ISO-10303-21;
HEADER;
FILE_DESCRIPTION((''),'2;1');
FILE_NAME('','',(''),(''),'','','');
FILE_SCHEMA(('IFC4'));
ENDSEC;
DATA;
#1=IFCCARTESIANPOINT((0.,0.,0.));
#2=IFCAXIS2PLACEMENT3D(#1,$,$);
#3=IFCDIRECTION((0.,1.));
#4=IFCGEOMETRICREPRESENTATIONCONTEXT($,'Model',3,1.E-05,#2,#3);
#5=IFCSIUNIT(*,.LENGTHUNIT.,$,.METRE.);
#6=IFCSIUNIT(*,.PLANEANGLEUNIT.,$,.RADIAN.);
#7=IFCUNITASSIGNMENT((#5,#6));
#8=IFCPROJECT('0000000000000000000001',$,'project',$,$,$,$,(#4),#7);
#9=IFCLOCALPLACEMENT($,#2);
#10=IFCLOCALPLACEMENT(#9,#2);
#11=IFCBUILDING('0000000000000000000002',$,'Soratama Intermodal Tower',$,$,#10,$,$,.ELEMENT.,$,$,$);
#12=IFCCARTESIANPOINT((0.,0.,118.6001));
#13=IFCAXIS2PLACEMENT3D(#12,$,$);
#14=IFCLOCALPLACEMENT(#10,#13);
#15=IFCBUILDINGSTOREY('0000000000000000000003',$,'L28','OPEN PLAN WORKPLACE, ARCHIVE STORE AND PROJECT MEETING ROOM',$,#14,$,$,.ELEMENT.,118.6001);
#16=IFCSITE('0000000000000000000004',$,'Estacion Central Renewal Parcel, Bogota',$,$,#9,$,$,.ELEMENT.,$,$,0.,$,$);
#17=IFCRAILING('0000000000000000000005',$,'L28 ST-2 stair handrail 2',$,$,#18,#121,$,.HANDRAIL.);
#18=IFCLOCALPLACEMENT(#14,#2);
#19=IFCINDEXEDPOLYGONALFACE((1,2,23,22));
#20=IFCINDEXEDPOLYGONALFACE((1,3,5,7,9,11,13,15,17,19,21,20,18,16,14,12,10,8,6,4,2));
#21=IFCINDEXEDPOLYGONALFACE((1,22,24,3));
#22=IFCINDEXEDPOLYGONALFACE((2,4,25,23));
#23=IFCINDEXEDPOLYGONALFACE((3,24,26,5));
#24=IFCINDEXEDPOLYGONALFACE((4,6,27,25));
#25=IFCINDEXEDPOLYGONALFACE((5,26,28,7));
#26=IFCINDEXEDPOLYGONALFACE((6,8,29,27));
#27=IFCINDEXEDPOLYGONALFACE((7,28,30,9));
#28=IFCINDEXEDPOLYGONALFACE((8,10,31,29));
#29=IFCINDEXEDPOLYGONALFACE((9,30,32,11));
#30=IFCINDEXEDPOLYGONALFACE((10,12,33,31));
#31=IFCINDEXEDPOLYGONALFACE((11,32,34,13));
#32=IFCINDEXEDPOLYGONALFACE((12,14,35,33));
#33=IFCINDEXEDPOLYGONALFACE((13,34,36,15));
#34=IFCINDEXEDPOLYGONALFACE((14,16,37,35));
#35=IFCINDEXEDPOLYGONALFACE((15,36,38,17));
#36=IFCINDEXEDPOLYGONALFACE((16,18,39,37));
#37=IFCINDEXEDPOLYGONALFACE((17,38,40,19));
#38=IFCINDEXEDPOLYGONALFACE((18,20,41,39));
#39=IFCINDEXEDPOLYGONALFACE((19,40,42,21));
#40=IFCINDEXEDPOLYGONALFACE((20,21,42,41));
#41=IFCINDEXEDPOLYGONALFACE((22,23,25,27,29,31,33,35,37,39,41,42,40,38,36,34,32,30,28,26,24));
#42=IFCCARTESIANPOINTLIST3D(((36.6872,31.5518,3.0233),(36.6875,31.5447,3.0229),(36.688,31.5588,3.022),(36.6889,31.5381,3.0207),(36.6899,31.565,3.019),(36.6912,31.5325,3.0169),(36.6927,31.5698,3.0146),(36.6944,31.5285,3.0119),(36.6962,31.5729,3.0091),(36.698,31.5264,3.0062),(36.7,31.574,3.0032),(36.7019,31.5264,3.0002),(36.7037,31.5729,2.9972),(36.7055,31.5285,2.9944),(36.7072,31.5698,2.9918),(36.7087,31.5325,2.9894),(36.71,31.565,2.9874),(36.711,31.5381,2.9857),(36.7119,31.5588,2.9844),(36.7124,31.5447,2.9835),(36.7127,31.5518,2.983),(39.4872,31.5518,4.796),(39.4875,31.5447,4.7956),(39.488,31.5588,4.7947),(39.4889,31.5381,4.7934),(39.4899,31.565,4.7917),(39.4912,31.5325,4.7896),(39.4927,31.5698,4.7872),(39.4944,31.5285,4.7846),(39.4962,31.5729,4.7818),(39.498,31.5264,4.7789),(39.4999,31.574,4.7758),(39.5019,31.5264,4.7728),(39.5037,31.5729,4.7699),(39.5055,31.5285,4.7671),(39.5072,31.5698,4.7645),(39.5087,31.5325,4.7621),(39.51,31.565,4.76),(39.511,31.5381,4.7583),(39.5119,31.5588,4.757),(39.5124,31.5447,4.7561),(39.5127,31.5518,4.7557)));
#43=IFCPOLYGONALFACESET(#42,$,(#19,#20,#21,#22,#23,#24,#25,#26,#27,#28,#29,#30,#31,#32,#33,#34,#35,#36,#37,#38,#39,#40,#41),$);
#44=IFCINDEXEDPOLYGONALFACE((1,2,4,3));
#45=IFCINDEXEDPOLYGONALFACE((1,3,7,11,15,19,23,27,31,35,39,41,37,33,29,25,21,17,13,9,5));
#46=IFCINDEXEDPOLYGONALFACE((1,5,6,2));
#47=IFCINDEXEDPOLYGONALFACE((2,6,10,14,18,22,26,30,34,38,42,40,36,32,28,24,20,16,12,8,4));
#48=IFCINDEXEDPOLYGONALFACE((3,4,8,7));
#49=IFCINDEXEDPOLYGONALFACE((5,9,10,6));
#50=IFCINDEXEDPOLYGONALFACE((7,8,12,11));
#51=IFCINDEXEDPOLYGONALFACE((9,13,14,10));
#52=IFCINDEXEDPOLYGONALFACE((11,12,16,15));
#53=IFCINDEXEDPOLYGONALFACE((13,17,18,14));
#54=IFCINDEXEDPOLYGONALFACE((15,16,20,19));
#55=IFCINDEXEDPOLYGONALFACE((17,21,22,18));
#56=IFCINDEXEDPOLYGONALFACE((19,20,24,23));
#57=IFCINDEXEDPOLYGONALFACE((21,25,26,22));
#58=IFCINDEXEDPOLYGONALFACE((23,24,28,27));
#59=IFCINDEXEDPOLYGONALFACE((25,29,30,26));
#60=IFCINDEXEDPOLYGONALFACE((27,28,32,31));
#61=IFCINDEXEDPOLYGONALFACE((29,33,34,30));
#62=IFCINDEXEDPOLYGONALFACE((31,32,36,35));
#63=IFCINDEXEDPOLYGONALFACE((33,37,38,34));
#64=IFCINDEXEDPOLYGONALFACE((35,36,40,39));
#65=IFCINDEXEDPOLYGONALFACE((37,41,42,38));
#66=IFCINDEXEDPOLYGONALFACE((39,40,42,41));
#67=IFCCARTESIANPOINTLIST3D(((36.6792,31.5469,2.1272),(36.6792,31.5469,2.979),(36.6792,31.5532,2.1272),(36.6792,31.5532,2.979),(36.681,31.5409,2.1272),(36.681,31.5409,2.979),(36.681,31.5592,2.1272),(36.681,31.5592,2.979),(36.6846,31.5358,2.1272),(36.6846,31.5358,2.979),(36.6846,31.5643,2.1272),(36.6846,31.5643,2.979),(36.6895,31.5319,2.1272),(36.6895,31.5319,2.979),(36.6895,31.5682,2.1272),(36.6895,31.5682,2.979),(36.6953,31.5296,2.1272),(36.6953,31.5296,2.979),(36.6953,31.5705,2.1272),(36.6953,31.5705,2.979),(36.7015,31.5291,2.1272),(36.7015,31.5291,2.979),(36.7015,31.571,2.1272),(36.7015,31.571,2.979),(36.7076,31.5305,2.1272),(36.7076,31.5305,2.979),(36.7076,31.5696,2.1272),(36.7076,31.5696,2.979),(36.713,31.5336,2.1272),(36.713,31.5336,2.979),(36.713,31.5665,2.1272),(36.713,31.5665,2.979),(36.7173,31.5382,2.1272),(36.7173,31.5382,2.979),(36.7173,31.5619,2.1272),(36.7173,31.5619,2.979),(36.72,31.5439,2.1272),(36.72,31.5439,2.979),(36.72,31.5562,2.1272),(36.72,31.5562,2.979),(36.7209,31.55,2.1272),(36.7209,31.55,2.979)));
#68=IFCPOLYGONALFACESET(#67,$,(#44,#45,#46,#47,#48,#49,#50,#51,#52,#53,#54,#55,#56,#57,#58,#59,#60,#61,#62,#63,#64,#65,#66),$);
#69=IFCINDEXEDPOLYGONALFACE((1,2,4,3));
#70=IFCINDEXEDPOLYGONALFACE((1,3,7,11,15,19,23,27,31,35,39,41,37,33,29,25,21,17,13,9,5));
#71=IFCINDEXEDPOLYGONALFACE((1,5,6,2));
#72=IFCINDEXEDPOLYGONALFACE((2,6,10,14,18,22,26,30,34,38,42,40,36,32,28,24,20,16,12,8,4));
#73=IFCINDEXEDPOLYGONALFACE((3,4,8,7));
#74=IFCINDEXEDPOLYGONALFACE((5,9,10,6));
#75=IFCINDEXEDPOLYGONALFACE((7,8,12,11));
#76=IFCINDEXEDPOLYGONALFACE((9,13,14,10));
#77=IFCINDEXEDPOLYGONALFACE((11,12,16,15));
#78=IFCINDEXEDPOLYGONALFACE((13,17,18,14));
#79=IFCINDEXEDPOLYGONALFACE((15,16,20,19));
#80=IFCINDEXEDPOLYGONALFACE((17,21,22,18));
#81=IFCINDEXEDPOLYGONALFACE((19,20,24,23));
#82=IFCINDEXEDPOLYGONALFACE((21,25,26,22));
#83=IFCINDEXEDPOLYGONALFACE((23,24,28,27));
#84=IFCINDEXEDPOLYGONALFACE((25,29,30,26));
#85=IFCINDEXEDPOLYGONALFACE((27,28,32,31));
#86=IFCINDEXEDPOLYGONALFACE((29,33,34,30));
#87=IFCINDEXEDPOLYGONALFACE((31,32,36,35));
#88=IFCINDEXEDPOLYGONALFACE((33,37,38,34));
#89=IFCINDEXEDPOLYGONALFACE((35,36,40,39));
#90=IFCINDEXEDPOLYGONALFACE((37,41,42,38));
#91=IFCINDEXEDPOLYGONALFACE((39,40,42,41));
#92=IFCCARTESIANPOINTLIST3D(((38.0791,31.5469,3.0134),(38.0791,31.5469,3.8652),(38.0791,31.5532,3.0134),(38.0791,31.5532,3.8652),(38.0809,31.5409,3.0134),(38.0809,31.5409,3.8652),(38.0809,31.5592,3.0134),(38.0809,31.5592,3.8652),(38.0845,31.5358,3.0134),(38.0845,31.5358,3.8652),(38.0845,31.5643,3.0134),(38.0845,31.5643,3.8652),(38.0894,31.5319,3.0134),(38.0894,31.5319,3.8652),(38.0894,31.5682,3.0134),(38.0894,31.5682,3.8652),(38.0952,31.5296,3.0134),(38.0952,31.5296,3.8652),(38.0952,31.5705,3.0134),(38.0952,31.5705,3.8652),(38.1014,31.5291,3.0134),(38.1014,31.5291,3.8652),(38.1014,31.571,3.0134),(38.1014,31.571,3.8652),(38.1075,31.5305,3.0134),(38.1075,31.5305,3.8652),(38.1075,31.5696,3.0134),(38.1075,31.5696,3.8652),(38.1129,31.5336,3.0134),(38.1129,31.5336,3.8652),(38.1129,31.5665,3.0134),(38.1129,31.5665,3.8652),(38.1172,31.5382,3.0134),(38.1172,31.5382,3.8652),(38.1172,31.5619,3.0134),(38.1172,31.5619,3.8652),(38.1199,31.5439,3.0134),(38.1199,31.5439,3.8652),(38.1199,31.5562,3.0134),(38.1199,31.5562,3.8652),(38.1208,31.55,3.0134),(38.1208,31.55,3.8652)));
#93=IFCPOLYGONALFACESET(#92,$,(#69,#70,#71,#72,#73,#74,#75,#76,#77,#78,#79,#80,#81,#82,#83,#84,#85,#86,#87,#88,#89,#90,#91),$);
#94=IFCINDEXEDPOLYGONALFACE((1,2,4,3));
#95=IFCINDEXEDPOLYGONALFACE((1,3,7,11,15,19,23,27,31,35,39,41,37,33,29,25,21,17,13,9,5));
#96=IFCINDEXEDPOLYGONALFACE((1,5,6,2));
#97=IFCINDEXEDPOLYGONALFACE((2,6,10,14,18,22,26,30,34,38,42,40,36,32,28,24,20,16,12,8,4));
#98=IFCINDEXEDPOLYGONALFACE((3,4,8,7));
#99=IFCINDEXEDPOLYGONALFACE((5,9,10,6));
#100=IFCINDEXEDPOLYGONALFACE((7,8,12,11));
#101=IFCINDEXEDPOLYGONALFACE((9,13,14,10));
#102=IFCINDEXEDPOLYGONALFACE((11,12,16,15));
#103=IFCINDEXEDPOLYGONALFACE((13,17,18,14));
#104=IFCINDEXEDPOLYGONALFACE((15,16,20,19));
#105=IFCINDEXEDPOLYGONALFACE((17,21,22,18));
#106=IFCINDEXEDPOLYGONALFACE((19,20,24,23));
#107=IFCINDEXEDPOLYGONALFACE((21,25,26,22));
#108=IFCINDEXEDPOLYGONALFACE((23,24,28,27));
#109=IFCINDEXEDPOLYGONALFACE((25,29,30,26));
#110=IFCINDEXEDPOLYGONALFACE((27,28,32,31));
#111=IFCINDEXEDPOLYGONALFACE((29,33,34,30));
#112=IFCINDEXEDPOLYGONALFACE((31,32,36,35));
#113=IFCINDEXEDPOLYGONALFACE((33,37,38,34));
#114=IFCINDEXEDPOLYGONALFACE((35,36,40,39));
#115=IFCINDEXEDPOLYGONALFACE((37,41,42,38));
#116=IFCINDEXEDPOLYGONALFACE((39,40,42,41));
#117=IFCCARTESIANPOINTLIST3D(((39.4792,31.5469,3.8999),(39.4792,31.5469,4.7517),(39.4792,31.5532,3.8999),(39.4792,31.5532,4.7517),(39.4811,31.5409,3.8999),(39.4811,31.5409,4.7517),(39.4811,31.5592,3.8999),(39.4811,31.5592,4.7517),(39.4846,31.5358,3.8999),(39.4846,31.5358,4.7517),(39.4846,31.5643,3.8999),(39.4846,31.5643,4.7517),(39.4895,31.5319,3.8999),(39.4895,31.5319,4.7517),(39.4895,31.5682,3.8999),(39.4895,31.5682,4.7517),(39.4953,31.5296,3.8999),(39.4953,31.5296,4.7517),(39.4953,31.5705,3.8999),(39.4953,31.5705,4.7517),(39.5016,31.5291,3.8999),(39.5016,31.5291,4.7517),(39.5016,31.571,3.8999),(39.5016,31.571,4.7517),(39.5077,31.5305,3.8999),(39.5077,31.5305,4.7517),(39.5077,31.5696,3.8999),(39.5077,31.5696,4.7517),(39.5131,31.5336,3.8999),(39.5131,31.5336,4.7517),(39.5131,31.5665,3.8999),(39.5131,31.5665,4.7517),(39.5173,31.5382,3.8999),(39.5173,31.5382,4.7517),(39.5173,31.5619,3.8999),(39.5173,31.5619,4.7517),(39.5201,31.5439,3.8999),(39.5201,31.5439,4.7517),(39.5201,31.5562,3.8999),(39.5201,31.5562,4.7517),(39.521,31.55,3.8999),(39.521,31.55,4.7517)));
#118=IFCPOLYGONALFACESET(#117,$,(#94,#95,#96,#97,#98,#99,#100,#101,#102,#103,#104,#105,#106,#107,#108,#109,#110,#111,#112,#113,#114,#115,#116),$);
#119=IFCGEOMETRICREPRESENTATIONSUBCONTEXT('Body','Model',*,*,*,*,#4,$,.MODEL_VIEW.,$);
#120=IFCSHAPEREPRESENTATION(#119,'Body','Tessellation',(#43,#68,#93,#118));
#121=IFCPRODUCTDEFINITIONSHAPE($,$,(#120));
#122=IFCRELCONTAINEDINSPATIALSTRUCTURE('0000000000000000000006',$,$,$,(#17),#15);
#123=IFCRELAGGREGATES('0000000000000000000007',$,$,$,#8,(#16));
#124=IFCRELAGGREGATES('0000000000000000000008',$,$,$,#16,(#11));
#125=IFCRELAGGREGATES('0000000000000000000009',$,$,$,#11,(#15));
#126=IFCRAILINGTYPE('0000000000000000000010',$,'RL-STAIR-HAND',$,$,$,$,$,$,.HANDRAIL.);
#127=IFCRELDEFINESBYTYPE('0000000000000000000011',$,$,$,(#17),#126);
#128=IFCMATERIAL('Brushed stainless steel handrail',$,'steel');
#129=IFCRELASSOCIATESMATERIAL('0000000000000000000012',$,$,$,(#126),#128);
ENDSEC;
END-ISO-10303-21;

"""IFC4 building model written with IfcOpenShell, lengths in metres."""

from ifc_helpers import new_model, si_unit, direction, frame, origin, origin_2d, place, context, subcontext, project, spatial, circle, extrude, material, type_object, element, save


model = new_model("IFC4")

# Units and contexts
model_context = context("Model", 3, precision=1e-05, world=origin(), true_north=direction((0.0, 1.0)))
body_context = subcontext(model_context, "Body", "Model", "MODEL_VIEW")
ifc_project = project(units=[si_unit("LENGTHUNIT", "METRE"), si_unit("PLANEANGLEUNIT", "RADIAN")], contexts=[model_context])

# Site, building, storey
site_placement = place(None, origin())
site = spatial("IfcSite", under=ifc_project, at=site_placement, Name="Estacion Central Renewal Parcel, Bogota", CompositionType="ELEMENT", RefElevation=0.0)
building_placement = place(site_placement, origin())
building = spatial("IfcBuilding", under=site, at=building_placement, Name="Soratama Intermodal Tower", CompositionType="ELEMENT")
storey_placement = place(building_placement, frame((0.0, 0.0, 118.6001)))
storey = spatial("IfcBuildingStorey", under=building, at=storey_placement, Name="L28", Description="OPEN PLAN WORKPLACE, ARCHIVE STORE AND PROJECT MEETING ROOM", CompositionType="ELEMENT", Elevation=118.6001)

# Railing
ifc_material_1 = material(Name="Brushed stainless steel handrail", Category="steel")
railing_type_1 = type_object("IfcRailingType", Name="RL-STAIR-HAND", PredefinedType="HANDRAIL", material=ifc_material_1)
railing_1_placement = place(storey_placement, frame((36.7, 31.55, 2.1272)))
element("IfcRailing", 1, at=railing_1_placement, inside=storey, type_object=railing_type_1, Name="L28 ST-2 stair handrail 2", PredefinedType="HANDRAIL", context=body_context, shape_type="SweptSolid", body=[
    extrude(circle(Radius=0.0239, at=origin_2d()), frame((0.0, 0.0, 0.876), z_axis=(0.844909, 0.0, 0.53491), x_axis=(0.0, 1.0, 0.0)), (0.0, 0.0, 1.0), 3.314),
    extrude(circle(Radius=0.021, at=origin_2d()), origin(), (0.0, 0.0, 1.0), 0.8518),
    extrude(circle(Radius=0.021, at=origin_2d()), frame((1.3999, 0.0, 0.8862)), (0.0, 0.0, 1.0), 0.8518),
    extrude(circle(Radius=0.021, at=origin_2d()), frame((2.8, 0.0, 1.7727)), (0.0, 0.0, 1.0), 0.8518),
])

save(model, "model.ifc")
